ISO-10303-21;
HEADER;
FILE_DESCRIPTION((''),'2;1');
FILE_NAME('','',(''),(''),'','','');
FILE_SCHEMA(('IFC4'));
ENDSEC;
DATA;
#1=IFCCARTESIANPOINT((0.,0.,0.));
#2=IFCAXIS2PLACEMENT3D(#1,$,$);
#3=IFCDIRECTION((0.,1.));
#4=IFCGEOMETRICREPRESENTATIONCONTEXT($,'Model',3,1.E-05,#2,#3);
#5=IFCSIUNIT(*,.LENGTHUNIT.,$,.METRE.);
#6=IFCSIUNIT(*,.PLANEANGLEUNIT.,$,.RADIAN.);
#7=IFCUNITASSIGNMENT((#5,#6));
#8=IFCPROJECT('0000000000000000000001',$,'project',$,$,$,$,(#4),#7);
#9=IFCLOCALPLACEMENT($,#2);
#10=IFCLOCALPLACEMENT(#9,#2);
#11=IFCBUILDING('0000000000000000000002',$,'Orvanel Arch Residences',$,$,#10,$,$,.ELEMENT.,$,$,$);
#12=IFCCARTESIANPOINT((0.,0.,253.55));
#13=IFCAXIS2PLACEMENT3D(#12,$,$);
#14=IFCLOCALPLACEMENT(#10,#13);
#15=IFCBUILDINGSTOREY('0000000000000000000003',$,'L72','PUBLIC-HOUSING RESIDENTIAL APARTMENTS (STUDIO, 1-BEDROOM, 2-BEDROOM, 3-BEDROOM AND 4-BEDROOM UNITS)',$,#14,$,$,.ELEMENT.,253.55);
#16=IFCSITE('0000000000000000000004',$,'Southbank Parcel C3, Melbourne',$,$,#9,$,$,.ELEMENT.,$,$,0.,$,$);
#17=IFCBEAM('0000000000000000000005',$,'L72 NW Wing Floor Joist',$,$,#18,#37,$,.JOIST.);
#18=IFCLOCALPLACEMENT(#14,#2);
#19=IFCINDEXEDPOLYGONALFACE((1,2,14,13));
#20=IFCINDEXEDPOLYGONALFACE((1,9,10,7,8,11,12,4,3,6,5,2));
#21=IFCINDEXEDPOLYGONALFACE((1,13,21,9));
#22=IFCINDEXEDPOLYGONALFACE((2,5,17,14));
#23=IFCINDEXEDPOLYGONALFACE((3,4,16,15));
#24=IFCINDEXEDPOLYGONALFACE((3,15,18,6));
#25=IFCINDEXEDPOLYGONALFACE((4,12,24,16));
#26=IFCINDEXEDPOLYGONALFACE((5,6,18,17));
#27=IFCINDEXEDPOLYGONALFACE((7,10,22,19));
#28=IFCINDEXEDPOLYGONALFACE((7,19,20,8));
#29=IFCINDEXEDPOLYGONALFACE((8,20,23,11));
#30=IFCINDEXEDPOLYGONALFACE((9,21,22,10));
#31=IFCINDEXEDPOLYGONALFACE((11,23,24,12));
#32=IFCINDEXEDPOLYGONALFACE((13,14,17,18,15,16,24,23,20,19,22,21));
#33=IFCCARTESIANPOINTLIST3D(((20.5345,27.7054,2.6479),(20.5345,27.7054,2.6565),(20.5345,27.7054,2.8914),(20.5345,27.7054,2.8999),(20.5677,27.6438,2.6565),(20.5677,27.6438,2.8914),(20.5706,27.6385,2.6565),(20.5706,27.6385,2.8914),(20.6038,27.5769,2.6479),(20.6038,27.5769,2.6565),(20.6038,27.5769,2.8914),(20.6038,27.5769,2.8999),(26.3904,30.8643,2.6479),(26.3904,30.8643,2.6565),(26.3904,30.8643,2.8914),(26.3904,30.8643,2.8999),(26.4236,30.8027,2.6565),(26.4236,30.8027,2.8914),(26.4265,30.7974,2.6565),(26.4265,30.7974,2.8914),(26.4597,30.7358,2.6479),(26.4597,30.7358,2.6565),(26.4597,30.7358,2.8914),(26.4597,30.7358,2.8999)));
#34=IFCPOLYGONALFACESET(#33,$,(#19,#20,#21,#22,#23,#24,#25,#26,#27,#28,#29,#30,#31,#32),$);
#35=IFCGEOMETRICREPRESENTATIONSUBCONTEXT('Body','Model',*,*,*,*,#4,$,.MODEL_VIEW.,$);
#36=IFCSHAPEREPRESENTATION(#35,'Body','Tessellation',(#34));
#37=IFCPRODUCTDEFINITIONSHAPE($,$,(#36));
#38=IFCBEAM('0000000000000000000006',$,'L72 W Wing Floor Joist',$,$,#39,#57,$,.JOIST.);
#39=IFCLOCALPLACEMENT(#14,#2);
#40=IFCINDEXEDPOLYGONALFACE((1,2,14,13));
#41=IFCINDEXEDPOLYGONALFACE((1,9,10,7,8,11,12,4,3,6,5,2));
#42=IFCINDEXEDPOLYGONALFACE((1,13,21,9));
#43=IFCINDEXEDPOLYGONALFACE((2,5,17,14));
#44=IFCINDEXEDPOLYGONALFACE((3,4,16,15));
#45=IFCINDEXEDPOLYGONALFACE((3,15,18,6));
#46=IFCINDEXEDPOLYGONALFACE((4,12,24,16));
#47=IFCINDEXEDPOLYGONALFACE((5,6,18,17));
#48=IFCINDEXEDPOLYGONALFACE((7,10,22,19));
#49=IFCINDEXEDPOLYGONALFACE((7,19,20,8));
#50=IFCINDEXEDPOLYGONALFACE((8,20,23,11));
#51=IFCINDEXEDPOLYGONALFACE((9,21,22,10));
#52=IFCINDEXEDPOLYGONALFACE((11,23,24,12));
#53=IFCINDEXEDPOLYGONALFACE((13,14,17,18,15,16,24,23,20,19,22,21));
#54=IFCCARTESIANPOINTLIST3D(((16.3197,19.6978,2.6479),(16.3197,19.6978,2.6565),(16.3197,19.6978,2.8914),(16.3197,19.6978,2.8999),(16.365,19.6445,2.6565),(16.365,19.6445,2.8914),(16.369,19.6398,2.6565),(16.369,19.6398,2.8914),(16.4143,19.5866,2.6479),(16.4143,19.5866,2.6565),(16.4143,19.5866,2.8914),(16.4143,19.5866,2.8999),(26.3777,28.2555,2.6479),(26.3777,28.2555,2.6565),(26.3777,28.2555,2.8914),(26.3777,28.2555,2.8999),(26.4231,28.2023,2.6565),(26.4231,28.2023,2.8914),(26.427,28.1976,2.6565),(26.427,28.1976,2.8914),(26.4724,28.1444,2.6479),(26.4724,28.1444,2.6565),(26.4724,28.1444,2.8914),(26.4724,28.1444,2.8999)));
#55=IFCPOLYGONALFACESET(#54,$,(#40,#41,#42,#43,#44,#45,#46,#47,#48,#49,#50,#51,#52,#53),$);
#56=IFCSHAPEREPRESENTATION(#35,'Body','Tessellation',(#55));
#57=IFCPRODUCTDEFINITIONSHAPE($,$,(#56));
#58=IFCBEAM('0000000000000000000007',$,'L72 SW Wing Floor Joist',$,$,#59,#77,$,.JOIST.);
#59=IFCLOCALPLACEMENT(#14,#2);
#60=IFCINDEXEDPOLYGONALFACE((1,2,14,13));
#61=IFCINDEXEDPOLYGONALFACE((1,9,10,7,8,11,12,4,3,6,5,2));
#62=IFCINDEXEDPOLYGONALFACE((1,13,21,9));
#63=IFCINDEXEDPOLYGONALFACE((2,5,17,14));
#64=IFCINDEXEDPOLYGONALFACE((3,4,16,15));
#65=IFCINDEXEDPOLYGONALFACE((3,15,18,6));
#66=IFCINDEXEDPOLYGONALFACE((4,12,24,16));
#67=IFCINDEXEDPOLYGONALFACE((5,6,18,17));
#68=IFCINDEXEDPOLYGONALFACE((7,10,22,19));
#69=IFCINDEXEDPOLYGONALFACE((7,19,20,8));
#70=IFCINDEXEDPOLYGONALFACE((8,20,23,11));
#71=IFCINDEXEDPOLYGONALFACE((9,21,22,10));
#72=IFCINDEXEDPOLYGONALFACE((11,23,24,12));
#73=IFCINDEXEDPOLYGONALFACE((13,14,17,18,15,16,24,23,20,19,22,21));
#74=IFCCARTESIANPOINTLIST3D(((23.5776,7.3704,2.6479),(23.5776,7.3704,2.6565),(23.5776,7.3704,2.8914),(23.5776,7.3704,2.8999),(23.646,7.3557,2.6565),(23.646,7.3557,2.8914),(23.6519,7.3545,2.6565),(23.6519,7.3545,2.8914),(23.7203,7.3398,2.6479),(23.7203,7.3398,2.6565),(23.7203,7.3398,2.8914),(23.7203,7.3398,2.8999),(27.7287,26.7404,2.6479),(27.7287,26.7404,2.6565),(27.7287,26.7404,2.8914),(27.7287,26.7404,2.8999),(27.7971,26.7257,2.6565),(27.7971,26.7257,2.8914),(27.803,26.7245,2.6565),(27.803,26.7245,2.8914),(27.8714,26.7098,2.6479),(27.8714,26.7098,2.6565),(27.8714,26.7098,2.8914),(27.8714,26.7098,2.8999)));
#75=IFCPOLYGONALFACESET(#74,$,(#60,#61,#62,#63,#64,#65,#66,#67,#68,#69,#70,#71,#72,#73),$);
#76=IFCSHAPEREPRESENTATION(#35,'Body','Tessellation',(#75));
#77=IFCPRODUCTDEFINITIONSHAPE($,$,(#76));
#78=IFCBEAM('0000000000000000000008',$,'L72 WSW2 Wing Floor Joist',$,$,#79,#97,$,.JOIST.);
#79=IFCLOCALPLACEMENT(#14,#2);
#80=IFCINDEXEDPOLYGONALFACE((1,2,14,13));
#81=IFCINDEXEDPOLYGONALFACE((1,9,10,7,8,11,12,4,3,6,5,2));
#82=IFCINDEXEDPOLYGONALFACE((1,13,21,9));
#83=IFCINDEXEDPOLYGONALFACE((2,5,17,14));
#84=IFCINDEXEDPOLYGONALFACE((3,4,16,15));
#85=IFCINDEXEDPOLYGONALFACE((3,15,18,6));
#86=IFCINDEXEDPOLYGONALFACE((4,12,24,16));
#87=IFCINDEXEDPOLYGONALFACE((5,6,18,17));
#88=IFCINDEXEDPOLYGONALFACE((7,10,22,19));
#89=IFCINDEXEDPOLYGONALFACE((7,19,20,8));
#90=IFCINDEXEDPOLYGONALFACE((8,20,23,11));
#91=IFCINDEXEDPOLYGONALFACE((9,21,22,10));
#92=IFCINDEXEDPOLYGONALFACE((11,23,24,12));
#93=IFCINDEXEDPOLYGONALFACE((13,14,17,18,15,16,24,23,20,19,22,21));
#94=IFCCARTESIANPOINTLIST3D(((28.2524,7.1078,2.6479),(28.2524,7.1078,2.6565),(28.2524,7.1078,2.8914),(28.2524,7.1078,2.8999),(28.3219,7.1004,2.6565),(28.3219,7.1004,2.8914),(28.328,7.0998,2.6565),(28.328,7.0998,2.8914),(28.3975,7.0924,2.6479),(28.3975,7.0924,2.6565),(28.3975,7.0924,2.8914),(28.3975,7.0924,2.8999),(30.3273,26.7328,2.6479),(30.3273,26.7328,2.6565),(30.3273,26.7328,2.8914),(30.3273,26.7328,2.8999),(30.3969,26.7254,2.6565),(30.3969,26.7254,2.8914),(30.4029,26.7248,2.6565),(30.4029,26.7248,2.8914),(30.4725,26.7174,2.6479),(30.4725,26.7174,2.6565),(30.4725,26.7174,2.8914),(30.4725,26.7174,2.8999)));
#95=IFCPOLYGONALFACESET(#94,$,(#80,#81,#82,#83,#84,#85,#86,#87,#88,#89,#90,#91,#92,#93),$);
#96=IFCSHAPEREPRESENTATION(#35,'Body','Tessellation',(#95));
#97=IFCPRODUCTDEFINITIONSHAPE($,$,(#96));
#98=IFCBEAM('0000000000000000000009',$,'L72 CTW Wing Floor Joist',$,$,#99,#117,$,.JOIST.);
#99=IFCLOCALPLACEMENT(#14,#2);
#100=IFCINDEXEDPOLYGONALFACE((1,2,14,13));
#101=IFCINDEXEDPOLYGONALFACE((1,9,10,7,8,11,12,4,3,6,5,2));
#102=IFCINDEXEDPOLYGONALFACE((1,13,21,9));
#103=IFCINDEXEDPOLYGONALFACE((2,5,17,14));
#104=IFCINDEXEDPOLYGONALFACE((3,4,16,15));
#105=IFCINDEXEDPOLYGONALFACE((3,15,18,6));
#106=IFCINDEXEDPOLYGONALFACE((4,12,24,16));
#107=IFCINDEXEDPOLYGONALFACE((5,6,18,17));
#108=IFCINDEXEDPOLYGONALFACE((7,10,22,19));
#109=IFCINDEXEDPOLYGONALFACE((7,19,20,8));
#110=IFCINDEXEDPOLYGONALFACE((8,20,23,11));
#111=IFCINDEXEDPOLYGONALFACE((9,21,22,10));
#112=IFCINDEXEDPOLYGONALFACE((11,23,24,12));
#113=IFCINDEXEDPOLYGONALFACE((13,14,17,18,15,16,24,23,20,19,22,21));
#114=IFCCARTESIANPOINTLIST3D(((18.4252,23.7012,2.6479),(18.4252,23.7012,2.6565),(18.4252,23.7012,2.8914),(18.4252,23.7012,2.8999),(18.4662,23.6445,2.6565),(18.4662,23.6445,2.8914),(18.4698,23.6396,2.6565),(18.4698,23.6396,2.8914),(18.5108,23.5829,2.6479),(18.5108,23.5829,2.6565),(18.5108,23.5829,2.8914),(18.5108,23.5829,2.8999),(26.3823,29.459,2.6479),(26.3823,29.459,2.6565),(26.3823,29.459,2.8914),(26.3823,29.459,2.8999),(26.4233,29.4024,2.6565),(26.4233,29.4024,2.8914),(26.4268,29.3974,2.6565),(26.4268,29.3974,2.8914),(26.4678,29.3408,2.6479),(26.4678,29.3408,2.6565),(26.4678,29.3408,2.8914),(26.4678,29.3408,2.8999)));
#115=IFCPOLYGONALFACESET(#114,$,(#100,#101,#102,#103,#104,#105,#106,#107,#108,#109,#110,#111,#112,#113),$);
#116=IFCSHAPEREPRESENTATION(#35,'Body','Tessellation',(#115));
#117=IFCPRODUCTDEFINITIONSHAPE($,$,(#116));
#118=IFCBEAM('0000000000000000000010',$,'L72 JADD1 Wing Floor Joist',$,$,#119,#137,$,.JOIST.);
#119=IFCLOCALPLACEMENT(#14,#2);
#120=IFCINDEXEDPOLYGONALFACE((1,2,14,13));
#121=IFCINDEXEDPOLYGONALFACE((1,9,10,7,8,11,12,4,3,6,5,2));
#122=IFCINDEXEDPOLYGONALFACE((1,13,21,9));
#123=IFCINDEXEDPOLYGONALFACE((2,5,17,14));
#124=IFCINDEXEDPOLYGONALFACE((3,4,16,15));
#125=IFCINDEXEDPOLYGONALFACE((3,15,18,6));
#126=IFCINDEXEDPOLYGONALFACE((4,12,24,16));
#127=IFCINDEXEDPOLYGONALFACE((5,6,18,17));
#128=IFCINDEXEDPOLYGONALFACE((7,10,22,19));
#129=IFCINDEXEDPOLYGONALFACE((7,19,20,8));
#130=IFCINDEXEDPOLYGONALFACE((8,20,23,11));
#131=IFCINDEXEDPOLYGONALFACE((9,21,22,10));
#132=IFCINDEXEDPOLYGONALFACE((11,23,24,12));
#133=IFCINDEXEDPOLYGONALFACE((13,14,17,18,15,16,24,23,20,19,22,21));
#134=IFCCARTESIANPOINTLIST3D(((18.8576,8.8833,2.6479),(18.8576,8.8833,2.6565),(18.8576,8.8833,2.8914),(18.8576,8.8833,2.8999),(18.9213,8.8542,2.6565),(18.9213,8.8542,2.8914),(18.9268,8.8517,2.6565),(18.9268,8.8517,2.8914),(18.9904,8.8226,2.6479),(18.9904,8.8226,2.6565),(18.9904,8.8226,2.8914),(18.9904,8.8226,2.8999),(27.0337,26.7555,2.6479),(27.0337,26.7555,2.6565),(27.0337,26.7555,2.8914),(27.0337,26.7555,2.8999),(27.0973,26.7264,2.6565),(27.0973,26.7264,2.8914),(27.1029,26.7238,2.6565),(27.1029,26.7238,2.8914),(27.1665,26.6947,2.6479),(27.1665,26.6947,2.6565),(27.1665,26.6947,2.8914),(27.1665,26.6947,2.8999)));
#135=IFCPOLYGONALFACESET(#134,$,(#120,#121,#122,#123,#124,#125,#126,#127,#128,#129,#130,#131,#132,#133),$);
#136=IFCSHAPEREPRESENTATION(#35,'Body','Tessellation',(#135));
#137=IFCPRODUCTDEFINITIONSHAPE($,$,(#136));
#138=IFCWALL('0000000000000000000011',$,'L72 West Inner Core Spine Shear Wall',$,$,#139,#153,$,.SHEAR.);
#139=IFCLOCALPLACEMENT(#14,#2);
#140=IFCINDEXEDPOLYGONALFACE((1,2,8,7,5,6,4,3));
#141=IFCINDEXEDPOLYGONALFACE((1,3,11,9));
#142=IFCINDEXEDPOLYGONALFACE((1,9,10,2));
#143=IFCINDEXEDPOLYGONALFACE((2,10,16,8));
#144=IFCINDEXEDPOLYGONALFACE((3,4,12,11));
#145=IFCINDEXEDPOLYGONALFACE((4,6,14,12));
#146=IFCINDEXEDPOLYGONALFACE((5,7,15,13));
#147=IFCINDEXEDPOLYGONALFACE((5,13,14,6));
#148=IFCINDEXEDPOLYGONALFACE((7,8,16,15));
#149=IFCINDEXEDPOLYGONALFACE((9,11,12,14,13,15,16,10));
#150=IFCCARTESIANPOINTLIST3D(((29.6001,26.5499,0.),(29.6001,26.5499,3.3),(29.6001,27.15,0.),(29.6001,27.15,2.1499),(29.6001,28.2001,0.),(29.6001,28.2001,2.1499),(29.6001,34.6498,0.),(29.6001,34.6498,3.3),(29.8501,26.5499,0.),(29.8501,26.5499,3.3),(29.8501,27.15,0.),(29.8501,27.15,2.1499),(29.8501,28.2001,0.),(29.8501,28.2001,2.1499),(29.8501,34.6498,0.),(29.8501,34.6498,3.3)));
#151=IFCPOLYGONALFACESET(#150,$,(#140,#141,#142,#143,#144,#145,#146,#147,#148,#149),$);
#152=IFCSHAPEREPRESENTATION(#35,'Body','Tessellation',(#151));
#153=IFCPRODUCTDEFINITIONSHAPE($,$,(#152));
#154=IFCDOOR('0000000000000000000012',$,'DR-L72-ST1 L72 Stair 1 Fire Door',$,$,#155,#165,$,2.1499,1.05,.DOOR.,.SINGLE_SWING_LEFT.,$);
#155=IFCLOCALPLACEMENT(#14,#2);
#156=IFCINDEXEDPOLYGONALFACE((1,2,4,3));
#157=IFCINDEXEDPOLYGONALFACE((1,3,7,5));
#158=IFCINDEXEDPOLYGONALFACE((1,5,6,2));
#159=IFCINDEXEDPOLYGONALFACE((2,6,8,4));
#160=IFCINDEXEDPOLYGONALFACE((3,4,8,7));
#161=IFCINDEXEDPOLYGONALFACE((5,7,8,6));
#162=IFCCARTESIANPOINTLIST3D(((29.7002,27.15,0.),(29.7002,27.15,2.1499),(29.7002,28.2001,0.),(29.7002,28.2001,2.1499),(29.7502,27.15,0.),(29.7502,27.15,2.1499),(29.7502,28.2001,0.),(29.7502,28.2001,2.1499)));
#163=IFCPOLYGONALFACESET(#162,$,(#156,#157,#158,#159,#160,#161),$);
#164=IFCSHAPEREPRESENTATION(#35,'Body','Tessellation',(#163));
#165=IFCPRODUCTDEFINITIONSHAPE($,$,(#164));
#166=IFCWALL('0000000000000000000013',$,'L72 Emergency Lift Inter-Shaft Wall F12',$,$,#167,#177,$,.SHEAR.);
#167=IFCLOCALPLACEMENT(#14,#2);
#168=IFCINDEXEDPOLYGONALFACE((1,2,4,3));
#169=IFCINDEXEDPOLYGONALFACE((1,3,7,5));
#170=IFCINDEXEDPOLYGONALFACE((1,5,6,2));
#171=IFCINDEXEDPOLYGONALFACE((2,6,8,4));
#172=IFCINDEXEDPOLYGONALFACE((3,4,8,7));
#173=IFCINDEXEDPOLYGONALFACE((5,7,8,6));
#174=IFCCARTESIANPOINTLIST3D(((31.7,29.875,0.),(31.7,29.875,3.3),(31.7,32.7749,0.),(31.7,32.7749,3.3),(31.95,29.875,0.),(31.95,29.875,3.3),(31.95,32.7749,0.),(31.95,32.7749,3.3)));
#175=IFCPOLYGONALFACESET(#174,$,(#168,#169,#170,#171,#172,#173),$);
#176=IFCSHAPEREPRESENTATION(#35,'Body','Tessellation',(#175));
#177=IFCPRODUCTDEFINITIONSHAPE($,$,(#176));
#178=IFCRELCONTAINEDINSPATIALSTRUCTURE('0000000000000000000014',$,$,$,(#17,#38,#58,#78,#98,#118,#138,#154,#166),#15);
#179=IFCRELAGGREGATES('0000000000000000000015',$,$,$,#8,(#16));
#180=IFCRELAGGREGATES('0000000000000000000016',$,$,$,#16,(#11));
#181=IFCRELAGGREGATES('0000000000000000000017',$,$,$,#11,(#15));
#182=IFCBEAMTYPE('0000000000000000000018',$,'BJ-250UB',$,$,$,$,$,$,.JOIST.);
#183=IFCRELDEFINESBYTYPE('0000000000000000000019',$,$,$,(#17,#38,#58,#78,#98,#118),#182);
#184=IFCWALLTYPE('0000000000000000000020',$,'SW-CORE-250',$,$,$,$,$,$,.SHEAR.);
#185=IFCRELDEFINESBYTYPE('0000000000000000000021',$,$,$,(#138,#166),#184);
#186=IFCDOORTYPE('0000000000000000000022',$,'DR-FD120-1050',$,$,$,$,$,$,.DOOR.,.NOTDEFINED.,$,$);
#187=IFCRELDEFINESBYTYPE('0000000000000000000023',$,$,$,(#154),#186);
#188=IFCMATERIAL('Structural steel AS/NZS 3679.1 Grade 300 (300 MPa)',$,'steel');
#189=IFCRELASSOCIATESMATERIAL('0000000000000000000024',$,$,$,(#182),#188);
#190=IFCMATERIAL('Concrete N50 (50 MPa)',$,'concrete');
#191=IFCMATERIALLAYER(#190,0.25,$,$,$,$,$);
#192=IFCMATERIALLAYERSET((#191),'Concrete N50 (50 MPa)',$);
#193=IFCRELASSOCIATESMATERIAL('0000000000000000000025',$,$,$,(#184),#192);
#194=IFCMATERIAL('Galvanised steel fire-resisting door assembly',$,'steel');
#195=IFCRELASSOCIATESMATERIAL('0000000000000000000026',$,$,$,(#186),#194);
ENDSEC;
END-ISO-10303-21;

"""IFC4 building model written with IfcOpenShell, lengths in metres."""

from ifc_helpers import new_model, si_unit, direction, frame, frame_2d, origin, origin_2d, place, context, subcontext, project, spatial, rectangle, i_section, extrude, material, layer, layer_set, material_profile, profile_set, type_object, element, fill, save


model = new_model("IFC4")

# Units and contexts
model_context = context("Model", 3, precision=1e-05, world=origin(), true_north=direction((0.0, 1.0)))
body_context = subcontext(model_context, "Body", "Model", "MODEL_VIEW")
ifc_project = project(units=[si_unit("LENGTHUNIT", "METRE"), si_unit("PLANEANGLEUNIT", "RADIAN")], contexts=[model_context])

# Site, building, storey
site_placement = place(None, origin())
site = spatial("IfcSite", under=ifc_project, at=site_placement, Name="Southbank Parcel C3, Melbourne", CompositionType="ELEMENT", RefElevation=0.0)
building_placement = place(site_placement, origin())
building = spatial("IfcBuilding", under=site, at=building_placement, Name="Orvanel Arch Residences", CompositionType="ELEMENT")
storey_placement = place(building_placement, frame((0.0, 0.0, 253.55)))
storey = spatial("IfcBuildingStorey", under=building, at=storey_placement, Name="L72", Description="PUBLIC-HOUSING RESIDENTIAL APARTMENTS (STUDIO, 1-BEDROOM, 2-BEDROOM, 3-BEDROOM AND 4-BEDROOM UNITS)", CompositionType="ELEMENT", Elevation=253.55)

# Beams
ifc_material_1 = material(Name="Structural steel AS/NZS 3679.1 Grade 300 (300 MPa)", Category="steel")
ifc_material_profile = material_profile(ifc_material_1, i_section(OverallWidth=0.146, OverallDepth=0.252, WebThickness=0.0061, FlangeThickness=0.0085, at=origin_2d()), Name="250UB31.4")
ifc_profile_set = profile_set([ifc_material_profile], Name="Structural steel AS/NZS 3679.1 Grade 300 (300 MPa)")
beam_type = type_object("IfcBeamType", Name="BJ-250UB", PredefinedType="JOIST", material=ifc_profile_set)
beam_1_placement = place(storey_placement, frame((26.425, 30.8, 2.7739), z_axis=(-0.880111, -0.474767, 0.0), x_axis=(0.474767, -0.880111, 0.0)))
element("IfcBeam", 1, at=beam_1_placement, inside=storey, type_object=beam_type, Name="L72 NW Wing Floor Joist", PredefinedType="JOIST", context=body_context, shape_type="SweptSolid", body=[
    extrude(i_section(OverallWidth=0.146, OverallDepth=0.252, WebThickness=0.0061, FlangeThickness=0.0085, at=origin_2d()), origin(), (0.0, 0.0, 1.0), 6.6536),
])
beam_2_placement = place(storey_placement, frame((26.425, 28.2, 2.7739), z_axis=(-0.761623, -0.648021, 0.0), x_axis=(0.648021, -0.761623, 0.0)))
element("IfcBeam", 2, at=beam_2_placement, inside=storey, type_object=beam_type, Name="L72 W Wing Floor Joist", PredefinedType="JOIST", context=body_context, shape_type="SweptSolid", body=[
    extrude(i_section(OverallWidth=0.146, OverallDepth=0.252, WebThickness=0.0061, FlangeThickness=0.0085, at=origin_2d()), origin(), (0.0, 0.0, 1.0), 13.2061),
])
beam_3_placement = place(storey_placement, frame((27.8, 26.7251, 2.7739), z_axis=(-0.209548, -0.977798, 0.0), x_axis=(0.977798, -0.209548, 0.0)))
element("IfcBeam", 3, at=beam_3_placement, inside=storey, type_object=beam_type, Name="L72 SW Wing Floor Joist", PredefinedType="JOIST", context=body_context, shape_type="SweptSolid", body=[
    extrude(i_section(OverallWidth=0.146, OverallDepth=0.252, WebThickness=0.0061, FlangeThickness=0.0085, at=origin_2d()), origin(), (0.0, 0.0, 1.0), 19.8098),
])
beam_4_placement = place(storey_placement, frame((30.3999, 26.7251, 2.7739), z_axis=(-0.105144, -0.994457, 0.0), x_axis=(0.994457, -0.105144, 0.0)))
element("IfcBeam", 4, at=beam_4_placement, inside=storey, type_object=beam_type, Name="L72 WSW2 Wing Floor Joist", PredefinedType="JOIST", context=body_context, shape_type="SweptSolid", body=[
    extrude(i_section(OverallWidth=0.146, OverallDepth=0.252, WebThickness=0.0061, FlangeThickness=0.0085, at=origin_2d()), origin(), (0.0, 0.0, 1.0), 19.7344),
])
beam_5_placement = place(storey_placement, frame((26.425, 29.3999, 2.7739), z_axis=(-0.810144, -0.586231, 0.0), x_axis=(0.586231, -0.810144, 0.0)))
element("IfcBeam", 5, at=beam_5_placement, inside=storey, type_object=beam_type, Name="L72 CTW Wing Floor Joist", PredefinedType="JOIST", context=body_context, shape_type="SweptSolid", body=[
    extrude(i_section(OverallWidth=0.146, OverallDepth=0.252, WebThickness=0.0061, FlangeThickness=0.0085, at=origin_2d()), origin(), (0.0, 0.0, 1.0), 9.8218),
])
beam_6_placement = place(storey_placement, frame((27.1001, 26.7251, 2.7739), z_axis=(-0.41601, -0.90936, 0.0), x_axis=(0.90936, -0.41601, 0.0)))
element("IfcBeam", 6, at=beam_6_placement, inside=storey, type_object=beam_type, Name="L72 JADD1 Wing Floor Joist", PredefinedType="JOIST", context=body_context, shape_type="SweptSolid", body=[
    extrude(i_section(OverallWidth=0.146, OverallDepth=0.252, WebThickness=0.0061, FlangeThickness=0.0085, at=origin_2d()), origin(), (0.0, 0.0, 1.0), 19.6536),
])

# Wall, opening, door
ifc_material_2 = material(Name="Concrete N50 (50 MPa)", Category="concrete")
ifc_layer_1 = layer(ifc_material_2, 0.25)
ifc_layer_set_1 = layer_set([ifc_layer_1], Name="Concrete N50 (50 MPa)")
wall_type_1 = type_object("IfcWallType", Name="SW-CORE-250", PredefinedType="SHEAR", material=ifc_layer_set_1)
wall_1_placement = place(storey_placement, frame((29.7251, 26.55, 0.0), z_axis=(0.0, 0.0, 1.0), x_axis=(0.0, 1.0, 0.0)))
wall_1 = element("IfcWall", 7, at=wall_1_placement, inside=storey, type_object=wall_type_1, Name="L72 West Inner Core Spine Shear Wall", PredefinedType="SHEAR", context=body_context, shape_type="SweptSolid", body=[
    extrude(rectangle(XDim=8.0999, YDim=0.25, at=frame_2d((4.0498, 0.0))), origin(), (0.0, 0.0, 1.0), 3.3),
])
opening_1_placement = place(wall_1_placement, frame((0.6001, 0.0, 0.0)))
opening_1 = element("IfcOpeningElement", 8, at=opening_1_placement, cuts=wall_1, PredefinedType="OPENING", context=body_context, shape_type="SweptSolid", body=[
    extrude(rectangle(XDim=1.05, YDim=2.1499, at=frame_2d((0.5249, 1.075))), frame((0.0, 0.135, 0.0), z_axis=(0.0, -1.0, 0.0), x_axis=(1.0, 0.0, 0.0)), (0.0, 0.0, 1.0), 0.27),
])
ifc_material_3 = material(Name="Galvanised steel fire-resisting door assembly", Category="steel")
door_type_1 = type_object("IfcDoorType", Name="DR-FD120-1050", OperationType="NOTDEFINED", PredefinedType="DOOR", material=ifc_material_3)
door_1_placement = place(opening_1_placement, origin())
door_1 = element("IfcDoor", 9, at=door_1_placement, inside=storey, type_object=door_type_1, Name="DR-L72-ST1 L72 Stair 1 Fire Door", OperationType="SINGLE_SWING_LEFT", OverallHeight=2.1499, OverallWidth=1.05, PredefinedType="DOOR", context=body_context, shape_type="SweptSolid", body=[
    extrude(rectangle(XDim=1.05, YDim=2.1499, at=frame_2d((0.5249, 1.075))), frame((0.0, 0.0249, 0.0), z_axis=(0.0, -1.0, 0.0), x_axis=(1.0, 0.0, 0.0)), (0.0, 0.0, 1.0), 0.05),
])
fill(opening_1, door_1)

# Wall
wall_2_placement = place(storey_placement, frame((31.825, 29.875, 0.0), z_axis=(0.0, 0.0, 1.0), x_axis=(0.0, 1.0, 0.0)))
element("IfcWall", 10, at=wall_2_placement, inside=storey, type_object=wall_type_1, Name="L72 Emergency Lift Inter-Shaft Wall F12", PredefinedType="SHEAR", context=body_context, shape_type="SweptSolid", body=[
    extrude(rectangle(XDim=2.8999, YDim=0.25, at=frame_2d((1.45, 0.0))), origin(), (0.0, 0.0, 1.0), 3.3),
])

save(model, "model.ifc")
